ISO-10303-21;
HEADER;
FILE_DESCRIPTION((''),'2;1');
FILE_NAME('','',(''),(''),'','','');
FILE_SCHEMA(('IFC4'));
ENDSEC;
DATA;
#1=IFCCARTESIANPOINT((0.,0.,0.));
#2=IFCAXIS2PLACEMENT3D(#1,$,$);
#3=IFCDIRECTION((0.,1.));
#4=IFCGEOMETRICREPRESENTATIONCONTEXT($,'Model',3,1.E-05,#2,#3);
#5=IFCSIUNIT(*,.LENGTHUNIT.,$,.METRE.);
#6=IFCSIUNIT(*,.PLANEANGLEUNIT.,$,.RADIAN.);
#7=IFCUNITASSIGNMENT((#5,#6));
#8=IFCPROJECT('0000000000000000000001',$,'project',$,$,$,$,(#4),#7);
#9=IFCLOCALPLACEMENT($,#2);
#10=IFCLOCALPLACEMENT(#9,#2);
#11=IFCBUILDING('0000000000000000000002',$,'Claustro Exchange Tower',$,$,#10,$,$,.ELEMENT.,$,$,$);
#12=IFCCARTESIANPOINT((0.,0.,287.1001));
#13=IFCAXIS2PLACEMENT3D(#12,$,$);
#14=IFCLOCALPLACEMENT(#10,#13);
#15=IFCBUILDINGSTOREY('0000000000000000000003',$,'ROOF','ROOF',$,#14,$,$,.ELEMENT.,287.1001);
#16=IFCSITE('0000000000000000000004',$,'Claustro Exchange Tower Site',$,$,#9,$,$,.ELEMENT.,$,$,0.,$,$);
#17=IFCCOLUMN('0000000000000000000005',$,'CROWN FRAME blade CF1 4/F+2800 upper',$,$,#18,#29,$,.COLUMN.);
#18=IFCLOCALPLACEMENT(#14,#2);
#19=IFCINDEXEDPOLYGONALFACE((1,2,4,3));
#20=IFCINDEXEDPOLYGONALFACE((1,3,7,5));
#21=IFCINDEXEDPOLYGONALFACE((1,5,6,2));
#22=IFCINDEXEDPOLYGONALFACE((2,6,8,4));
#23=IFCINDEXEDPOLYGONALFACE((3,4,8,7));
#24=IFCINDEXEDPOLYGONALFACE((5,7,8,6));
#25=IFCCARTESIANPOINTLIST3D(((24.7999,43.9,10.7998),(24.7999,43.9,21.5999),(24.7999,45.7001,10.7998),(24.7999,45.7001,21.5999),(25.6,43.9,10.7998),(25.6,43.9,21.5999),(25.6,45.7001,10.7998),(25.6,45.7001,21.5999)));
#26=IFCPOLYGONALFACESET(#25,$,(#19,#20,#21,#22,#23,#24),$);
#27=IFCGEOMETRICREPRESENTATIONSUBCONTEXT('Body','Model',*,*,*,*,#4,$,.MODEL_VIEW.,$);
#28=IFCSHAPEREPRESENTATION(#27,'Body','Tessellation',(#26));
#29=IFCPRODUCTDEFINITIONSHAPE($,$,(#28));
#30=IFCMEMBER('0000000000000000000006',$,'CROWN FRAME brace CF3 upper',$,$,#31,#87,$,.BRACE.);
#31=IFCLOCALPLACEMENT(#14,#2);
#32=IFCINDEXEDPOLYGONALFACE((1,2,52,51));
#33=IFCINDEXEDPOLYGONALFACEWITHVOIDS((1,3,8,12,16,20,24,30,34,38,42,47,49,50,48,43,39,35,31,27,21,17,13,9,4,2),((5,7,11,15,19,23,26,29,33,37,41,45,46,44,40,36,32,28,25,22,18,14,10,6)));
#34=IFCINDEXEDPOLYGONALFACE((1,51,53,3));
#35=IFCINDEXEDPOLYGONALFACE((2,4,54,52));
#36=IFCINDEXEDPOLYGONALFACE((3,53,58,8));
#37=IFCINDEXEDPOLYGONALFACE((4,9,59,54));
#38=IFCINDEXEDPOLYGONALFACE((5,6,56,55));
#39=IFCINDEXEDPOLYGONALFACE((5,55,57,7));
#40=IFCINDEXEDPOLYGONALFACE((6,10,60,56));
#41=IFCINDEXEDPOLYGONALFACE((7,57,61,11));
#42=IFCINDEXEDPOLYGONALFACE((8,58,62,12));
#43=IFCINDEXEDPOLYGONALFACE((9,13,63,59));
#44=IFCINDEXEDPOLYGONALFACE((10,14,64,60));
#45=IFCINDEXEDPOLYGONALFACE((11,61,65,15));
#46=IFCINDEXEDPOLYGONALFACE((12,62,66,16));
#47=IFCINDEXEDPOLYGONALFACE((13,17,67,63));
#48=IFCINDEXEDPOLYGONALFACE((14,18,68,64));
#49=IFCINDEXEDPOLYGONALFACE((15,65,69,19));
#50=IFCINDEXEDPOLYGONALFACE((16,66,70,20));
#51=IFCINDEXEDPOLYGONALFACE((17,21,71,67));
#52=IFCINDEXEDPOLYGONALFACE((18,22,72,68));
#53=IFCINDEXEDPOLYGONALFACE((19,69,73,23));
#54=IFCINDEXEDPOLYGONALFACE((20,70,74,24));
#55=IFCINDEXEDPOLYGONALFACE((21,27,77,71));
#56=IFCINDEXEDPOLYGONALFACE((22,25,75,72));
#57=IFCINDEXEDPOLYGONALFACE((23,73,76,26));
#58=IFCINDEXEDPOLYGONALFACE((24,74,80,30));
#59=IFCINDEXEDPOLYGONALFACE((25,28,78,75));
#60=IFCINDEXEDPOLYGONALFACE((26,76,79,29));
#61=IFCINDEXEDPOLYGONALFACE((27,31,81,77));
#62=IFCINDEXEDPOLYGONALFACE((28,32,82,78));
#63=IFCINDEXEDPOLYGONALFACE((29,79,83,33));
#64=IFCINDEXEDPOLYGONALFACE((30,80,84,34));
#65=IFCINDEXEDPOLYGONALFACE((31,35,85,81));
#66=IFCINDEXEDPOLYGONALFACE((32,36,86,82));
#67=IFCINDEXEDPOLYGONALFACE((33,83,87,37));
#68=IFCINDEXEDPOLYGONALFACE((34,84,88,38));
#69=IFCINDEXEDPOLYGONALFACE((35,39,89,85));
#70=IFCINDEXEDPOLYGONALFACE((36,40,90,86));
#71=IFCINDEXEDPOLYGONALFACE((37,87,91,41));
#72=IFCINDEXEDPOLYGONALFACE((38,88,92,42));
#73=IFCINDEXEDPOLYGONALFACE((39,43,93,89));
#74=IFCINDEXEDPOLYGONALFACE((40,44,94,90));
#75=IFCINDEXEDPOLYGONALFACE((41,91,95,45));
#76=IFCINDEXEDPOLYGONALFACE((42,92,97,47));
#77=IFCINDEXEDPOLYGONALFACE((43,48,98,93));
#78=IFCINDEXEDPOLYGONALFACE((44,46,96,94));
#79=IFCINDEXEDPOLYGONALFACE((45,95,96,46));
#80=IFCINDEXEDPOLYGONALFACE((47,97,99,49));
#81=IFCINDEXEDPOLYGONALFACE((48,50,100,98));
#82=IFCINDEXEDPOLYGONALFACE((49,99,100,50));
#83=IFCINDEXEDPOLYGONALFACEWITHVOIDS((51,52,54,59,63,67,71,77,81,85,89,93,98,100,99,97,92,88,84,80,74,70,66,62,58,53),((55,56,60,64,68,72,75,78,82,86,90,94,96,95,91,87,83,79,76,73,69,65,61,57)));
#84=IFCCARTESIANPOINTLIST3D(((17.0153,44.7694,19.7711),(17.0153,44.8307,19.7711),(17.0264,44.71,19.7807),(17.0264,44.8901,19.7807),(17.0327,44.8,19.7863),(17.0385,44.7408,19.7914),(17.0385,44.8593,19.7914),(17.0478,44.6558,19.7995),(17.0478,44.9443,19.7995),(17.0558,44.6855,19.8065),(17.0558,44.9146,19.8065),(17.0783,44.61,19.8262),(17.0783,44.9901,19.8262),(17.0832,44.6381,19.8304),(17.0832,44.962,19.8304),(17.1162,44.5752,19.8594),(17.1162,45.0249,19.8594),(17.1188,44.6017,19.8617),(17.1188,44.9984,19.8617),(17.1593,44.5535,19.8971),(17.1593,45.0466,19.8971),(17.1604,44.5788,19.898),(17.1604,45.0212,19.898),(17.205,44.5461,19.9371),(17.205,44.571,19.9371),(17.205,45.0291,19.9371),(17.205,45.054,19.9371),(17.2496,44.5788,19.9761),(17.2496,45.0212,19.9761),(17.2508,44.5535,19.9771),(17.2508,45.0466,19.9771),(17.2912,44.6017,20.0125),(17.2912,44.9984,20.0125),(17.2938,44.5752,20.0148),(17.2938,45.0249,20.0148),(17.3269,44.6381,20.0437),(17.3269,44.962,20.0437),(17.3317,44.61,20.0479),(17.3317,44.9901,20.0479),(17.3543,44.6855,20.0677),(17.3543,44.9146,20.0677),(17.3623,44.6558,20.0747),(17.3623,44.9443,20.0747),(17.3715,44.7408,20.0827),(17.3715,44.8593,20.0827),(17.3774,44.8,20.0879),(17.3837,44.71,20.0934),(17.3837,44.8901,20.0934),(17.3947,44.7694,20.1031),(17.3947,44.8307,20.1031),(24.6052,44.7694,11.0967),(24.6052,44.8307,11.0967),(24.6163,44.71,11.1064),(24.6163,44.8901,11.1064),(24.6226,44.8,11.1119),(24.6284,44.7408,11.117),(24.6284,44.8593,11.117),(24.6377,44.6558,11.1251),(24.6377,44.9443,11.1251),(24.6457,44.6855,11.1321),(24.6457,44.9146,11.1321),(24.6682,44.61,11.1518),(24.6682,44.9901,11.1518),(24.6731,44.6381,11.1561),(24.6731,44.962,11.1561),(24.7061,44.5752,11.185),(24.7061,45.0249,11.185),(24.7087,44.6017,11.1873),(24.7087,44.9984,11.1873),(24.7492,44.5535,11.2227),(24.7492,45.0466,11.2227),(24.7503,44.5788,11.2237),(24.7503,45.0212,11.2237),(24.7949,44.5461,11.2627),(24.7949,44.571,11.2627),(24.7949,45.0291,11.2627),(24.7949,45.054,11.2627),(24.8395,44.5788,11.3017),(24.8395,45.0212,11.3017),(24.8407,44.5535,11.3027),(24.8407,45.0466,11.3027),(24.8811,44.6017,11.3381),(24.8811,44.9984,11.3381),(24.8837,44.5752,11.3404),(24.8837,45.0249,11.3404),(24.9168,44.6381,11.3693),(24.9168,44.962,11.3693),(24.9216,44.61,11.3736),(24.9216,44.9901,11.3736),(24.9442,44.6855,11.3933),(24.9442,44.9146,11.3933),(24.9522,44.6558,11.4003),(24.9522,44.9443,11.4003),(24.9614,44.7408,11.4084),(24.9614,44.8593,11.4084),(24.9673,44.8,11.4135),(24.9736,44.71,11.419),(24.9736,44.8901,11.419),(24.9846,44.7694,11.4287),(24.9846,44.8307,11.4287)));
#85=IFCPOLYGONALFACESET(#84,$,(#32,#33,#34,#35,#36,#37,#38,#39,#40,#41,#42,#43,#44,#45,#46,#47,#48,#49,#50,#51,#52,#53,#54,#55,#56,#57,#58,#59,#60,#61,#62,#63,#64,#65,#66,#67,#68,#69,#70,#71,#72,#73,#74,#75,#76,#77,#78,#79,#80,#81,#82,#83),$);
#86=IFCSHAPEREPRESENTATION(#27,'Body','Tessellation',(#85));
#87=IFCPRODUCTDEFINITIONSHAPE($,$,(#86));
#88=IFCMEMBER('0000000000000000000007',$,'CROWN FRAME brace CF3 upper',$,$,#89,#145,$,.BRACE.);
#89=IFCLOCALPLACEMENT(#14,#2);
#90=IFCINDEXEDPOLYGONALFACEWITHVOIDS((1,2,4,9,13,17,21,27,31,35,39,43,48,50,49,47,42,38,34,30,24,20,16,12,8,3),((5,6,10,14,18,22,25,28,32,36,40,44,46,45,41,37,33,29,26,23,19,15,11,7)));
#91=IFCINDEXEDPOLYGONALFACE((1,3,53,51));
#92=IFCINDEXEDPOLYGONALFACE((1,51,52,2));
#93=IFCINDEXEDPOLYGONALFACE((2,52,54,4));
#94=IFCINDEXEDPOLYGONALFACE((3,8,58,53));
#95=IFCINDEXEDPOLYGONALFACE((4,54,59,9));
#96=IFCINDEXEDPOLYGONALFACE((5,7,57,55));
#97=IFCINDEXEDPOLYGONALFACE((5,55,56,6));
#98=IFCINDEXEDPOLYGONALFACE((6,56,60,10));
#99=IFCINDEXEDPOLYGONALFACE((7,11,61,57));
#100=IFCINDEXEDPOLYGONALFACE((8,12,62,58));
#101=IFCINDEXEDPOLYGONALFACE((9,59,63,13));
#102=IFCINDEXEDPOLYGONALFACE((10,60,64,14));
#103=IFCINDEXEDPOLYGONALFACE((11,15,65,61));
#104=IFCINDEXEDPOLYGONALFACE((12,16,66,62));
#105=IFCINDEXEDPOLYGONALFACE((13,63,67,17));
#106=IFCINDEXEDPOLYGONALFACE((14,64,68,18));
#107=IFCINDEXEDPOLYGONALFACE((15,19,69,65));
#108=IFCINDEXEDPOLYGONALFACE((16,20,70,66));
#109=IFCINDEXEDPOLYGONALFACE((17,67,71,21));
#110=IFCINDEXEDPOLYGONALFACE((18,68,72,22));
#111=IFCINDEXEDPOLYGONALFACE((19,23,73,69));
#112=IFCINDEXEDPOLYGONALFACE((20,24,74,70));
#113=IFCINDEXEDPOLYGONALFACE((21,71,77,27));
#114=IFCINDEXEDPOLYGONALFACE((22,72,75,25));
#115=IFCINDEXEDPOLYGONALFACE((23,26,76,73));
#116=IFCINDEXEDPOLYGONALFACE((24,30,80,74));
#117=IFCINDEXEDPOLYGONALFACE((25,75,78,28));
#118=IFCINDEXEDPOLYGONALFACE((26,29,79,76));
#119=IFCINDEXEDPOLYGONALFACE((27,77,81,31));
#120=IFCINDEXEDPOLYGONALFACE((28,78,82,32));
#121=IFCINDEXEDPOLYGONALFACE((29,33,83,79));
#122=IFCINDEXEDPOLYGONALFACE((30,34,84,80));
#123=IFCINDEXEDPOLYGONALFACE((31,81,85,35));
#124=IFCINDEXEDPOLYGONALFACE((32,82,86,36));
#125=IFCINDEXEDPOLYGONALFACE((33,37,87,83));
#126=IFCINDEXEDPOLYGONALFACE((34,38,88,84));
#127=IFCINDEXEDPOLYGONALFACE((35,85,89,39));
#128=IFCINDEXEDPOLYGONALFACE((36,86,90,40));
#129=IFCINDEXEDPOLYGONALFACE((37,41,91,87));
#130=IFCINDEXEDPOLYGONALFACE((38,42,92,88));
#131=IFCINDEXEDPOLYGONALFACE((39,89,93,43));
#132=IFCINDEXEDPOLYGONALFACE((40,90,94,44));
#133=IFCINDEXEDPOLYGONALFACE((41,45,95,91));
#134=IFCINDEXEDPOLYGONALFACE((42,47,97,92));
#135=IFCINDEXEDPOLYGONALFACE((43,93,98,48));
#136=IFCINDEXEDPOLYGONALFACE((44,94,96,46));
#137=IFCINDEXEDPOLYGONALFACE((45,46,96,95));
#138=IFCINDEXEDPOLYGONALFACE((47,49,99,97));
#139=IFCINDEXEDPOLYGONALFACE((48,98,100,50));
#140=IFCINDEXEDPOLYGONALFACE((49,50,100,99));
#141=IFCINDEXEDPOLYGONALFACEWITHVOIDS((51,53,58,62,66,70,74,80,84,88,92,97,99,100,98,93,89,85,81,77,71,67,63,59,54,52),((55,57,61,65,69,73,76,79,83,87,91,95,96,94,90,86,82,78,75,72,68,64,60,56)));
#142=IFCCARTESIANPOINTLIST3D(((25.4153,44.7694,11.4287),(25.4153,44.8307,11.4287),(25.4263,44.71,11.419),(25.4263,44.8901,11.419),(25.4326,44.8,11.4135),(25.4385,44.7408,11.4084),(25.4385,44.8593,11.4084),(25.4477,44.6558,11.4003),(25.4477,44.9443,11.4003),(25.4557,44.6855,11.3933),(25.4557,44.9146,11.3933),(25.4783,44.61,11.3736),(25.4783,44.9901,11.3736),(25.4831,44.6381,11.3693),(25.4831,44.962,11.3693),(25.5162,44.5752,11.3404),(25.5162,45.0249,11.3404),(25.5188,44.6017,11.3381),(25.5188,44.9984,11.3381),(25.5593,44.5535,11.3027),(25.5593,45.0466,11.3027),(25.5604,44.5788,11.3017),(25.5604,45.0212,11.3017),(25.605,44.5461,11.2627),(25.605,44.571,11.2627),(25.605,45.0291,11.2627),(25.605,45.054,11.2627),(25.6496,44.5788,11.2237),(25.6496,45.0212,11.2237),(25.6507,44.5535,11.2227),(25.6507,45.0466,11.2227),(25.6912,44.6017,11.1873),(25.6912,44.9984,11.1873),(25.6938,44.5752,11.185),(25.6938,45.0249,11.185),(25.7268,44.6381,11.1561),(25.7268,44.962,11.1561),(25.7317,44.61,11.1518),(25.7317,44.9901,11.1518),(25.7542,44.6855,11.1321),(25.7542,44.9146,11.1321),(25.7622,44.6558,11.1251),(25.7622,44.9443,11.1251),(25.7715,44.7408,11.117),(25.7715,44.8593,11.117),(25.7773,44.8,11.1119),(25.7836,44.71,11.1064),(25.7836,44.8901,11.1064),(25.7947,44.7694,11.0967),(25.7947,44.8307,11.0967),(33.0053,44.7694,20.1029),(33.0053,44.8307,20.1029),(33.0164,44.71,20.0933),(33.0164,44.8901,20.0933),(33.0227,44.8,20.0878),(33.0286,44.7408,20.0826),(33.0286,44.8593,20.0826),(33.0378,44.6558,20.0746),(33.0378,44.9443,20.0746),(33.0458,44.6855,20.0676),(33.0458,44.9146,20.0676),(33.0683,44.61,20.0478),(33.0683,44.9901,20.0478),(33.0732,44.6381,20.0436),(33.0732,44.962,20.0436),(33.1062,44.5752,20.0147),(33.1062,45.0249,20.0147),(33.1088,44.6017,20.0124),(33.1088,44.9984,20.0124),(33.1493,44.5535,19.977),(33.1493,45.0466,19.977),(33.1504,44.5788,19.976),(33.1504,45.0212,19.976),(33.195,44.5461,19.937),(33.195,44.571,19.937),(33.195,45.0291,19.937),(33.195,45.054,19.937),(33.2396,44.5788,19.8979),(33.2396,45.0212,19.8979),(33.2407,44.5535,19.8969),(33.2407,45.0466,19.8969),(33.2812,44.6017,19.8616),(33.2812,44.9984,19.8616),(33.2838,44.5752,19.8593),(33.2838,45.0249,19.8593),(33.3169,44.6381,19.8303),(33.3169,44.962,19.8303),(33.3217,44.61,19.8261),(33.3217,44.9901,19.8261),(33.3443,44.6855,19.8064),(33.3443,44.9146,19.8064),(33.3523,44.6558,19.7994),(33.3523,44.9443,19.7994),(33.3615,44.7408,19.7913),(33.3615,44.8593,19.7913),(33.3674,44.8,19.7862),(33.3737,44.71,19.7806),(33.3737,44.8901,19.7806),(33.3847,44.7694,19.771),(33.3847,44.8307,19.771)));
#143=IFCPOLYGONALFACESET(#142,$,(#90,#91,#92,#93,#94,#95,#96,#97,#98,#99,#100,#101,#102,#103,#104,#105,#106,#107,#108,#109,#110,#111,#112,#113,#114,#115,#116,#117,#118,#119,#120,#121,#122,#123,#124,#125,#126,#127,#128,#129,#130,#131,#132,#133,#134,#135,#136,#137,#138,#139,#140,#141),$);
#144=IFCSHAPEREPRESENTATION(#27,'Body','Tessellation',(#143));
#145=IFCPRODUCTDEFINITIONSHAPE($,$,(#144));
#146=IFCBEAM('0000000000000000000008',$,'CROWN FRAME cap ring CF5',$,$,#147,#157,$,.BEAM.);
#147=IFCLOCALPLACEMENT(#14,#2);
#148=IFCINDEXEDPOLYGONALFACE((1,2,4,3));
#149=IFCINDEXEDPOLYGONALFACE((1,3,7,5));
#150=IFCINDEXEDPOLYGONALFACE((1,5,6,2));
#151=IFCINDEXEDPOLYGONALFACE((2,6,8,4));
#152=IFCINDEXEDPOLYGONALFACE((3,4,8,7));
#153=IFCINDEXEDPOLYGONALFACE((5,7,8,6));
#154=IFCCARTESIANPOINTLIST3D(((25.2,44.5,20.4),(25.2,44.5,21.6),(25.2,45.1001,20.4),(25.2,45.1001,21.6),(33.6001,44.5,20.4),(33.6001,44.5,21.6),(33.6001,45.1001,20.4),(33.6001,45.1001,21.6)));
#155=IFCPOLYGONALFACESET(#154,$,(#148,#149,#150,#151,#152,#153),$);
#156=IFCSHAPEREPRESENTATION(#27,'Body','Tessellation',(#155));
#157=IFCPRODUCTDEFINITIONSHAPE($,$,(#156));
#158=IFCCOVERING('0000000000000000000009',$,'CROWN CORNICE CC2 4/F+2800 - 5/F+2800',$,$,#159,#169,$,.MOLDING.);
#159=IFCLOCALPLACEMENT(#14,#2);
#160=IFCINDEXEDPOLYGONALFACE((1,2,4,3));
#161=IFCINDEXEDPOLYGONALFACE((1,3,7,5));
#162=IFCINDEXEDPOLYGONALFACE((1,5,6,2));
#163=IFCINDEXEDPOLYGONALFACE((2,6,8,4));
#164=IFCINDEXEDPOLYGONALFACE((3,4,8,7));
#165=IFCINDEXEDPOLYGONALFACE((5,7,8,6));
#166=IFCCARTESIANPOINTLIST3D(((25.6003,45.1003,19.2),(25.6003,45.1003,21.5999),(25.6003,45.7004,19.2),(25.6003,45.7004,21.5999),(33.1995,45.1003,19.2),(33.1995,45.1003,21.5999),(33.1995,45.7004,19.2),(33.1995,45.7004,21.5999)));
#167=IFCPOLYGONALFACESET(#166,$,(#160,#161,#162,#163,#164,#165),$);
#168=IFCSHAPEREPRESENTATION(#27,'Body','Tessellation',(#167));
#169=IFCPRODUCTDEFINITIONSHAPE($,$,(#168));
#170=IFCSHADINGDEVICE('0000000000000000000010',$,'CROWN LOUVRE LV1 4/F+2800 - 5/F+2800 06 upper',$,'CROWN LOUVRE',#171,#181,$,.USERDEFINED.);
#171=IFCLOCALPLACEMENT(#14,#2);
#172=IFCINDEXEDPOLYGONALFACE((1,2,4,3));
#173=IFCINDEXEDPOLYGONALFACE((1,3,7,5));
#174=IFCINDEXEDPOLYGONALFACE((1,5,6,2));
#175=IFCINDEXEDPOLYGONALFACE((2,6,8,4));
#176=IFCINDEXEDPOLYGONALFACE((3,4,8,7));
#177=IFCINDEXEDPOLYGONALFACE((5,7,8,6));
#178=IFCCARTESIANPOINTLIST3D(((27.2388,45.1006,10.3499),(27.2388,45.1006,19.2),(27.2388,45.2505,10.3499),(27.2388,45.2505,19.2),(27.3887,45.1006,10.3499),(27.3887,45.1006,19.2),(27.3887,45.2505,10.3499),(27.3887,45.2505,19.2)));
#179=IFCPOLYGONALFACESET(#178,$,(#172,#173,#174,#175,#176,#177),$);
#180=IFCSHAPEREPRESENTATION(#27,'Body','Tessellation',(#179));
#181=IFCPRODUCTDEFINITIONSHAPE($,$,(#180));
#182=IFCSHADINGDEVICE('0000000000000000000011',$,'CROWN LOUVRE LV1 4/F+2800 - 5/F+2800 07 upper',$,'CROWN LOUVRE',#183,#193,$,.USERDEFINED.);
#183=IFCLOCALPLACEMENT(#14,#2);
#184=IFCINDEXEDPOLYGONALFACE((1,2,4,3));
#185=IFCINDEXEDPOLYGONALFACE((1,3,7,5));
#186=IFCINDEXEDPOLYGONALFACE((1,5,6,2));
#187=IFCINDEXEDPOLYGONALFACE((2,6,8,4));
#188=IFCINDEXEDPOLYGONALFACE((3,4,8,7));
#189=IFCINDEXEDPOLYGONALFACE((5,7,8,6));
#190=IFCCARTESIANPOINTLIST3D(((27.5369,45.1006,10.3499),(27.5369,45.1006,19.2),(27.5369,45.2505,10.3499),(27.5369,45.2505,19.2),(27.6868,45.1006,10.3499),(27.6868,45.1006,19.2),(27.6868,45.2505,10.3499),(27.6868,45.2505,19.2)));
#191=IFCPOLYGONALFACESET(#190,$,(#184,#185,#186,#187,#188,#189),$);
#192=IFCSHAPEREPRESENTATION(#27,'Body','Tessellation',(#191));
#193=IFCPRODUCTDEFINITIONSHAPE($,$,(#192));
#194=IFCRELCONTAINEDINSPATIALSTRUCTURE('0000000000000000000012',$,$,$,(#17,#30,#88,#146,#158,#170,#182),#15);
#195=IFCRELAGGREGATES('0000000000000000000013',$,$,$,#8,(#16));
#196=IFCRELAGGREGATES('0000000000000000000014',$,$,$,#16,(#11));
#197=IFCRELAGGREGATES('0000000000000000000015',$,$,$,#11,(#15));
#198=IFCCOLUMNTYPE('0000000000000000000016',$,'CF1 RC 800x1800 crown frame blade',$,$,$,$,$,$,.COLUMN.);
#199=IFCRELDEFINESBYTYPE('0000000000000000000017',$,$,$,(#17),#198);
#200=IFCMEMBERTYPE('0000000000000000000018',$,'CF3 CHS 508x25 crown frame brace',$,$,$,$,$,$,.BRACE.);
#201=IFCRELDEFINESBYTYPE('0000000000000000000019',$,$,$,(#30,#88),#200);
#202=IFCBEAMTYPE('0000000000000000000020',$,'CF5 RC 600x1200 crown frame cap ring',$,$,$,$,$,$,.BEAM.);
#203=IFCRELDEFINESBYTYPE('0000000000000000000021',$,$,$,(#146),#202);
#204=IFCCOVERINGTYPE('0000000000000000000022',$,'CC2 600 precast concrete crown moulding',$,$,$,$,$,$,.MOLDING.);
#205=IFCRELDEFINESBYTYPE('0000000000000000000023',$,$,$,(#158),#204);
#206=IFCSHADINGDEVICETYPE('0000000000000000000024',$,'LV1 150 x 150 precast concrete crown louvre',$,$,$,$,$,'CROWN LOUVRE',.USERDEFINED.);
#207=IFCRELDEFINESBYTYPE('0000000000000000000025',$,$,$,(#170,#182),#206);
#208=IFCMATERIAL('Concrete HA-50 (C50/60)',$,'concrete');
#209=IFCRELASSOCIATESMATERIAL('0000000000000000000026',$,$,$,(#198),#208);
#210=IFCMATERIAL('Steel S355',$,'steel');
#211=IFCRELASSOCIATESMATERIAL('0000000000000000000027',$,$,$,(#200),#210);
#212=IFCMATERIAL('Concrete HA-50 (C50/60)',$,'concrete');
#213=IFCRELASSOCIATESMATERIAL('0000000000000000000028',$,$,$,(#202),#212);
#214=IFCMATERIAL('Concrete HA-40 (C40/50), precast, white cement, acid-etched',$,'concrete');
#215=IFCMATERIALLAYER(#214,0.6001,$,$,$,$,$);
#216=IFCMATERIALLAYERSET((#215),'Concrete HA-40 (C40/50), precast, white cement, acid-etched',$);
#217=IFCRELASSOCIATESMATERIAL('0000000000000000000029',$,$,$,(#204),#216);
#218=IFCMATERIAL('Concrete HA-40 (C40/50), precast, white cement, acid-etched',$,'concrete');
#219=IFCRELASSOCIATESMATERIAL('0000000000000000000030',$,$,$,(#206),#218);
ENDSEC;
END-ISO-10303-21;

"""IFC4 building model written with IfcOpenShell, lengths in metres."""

from ifc_helpers import new_model, si_unit, direction, frame, origin, origin_2d, place, context, subcontext, project, spatial, rectangle, hollow_circle, extrude, material, layer, layer_set, material_profile, profile_set, type_object, element, save


model = new_model("IFC4")

# Units and contexts
model_context = context("Model", 3, precision=1e-05, world=origin(), true_north=direction((0.0, 1.0)))
body_context = subcontext(model_context, "Body", "Model", "MODEL_VIEW")
ifc_project = project(units=[si_unit("LENGTHUNIT", "METRE"), si_unit("PLANEANGLEUNIT", "RADIAN")], contexts=[model_context])

# Site, building, storey
site_placement = place(None, origin())
site = spatial("IfcSite", under=ifc_project, at=site_placement, Name="Claustro Exchange Tower Site", CompositionType="ELEMENT", RefElevation=0.0)
building_placement = place(site_placement, origin())
building = spatial("IfcBuilding", under=site, at=building_placement, Name="Claustro Exchange Tower", CompositionType="ELEMENT")
storey_placement = place(building_placement, frame((0.0, 0.0, 287.1001)))
storey = spatial("IfcBuildingStorey", under=building, at=storey_placement, Name="ROOF", Description="ROOF", CompositionType="ELEMENT", Elevation=287.1001)

# Column
ifc_material_1 = material(Name="Concrete HA-50 (C50/60)", Category="concrete")
ifc_material_profile_1 = material_profile(ifc_material_1, rectangle(XDim=0.8, YDim=1.8, at=origin_2d()), Name="RC 800x1800")
ifc_profile_set_1 = profile_set([ifc_material_profile_1], Name="Concrete HA-50 (C50/60)")
column_type = type_object("IfcColumnType", Name="CF1 RC 800x1800 crown frame blade", PredefinedType="COLUMN", material=ifc_profile_set_1)
column_placement = place(storey_placement, frame((25.2, 44.8, 10.7998), z_axis=(0.0, 0.0, 1.0), x_axis=(1.0, 0.0, 0.0)))
element("IfcColumn", 1, at=column_placement, inside=storey, type_object=column_type, Name="CROWN FRAME blade CF1 4/F+2800 upper", PredefinedType="COLUMN", context=body_context, shape_type="SweptSolid", body=[
    extrude(rectangle(XDim=0.8, YDim=1.8, at=origin_2d()), origin(), (0.0, 0.0, 1.0), 10.8),
])

# Members
ifc_material_2 = material(Name="Steel S355", Category="steel")
ifc_material_profile_2 = material_profile(ifc_material_2, hollow_circle(Radius=0.2539, WallThickness=0.0249, at=origin_2d()), Name="CHS 508x25")
ifc_profile_set_2 = profile_set([ifc_material_profile_2], Name="Steel S355")
member_type = type_object("IfcMemberType", Name="CF3 CHS 508x25 crown frame brace", PredefinedType="BRACE", material=ifc_profile_set_2)
for number, where, z_axis, x_axis, name in (
    (2, (24.7949, 44.8, 11.2627), (-0.658496, 0.0, 0.752585), (0.0, -1.0, 0.0), "CROWN FRAME brace CF3 upper"),
    (3, (25.605, 44.8, 11.2627), (0.658508, 0.0, 0.752574), (0.0, 1.0, 0.0), "CROWN FRAME brace CF3 upper"),
):
    element("IfcMember", number, at=place(storey_placement, frame(where, z_axis=z_axis, x_axis=x_axis)), inside=storey, type_object=member_type, Name=name, PredefinedType="BRACE", context=body_context, shape_type="SweptSolid", body=[
        extrude(hollow_circle(Radius=0.2539, WallThickness=0.0249, at=origin_2d()), origin(), (0.0, 0.0, 1.0), 11.5261),
    ])

# Beam
ifc_material_3 = material(Name="Concrete HA-50 (C50/60)", Category="concrete")
ifc_material_profile_3 = material_profile(ifc_material_3, rectangle(XDim=0.6001, YDim=1.2, at=origin_2d()), Name="RC 600x1200")
ifc_profile_set_3 = profile_set([ifc_material_profile_3], Name="Concrete HA-50 (C50/60)")
beam_type = type_object("IfcBeamType", Name="CF5 RC 600x1200 crown frame cap ring", PredefinedType="BEAM", material=ifc_profile_set_3)
beam_placement = place(storey_placement, frame((25.2, 44.8, 21.0), z_axis=(1.0, 0.0, 0.0), x_axis=(0.0, 1.0, 0.0)))
element("IfcBeam", 4, at=beam_placement, inside=storey, type_object=beam_type, Name="CROWN FRAME cap ring CF5", PredefinedType="BEAM", context=body_context, shape_type="SweptSolid", body=[
    extrude(rectangle(XDim=0.6001, YDim=1.2, at=origin_2d()), origin(), (0.0, 0.0, 1.0), 8.4001),
])

# Covering
ifc_material_4 = material(Name="Concrete HA-40 (C40/50), precast, white cement, acid-etched", Category="concrete")
ifc_layer_1 = layer(ifc_material_4, 0.6001)
ifc_layer_set_1 = layer_set([ifc_layer_1], Name="Concrete HA-40 (C40/50), precast, white cement, acid-etched")
covering_type = type_object("IfcCoveringType", Name="CC2 600 precast concrete crown moulding", PredefinedType="MOLDING", material=ifc_layer_set_1)
covering_placement = place(storey_placement, frame((29.3999, 45.4004, 19.2), z_axis=(0.0, 0.0, 1.0), x_axis=(1.0, 0.0, 0.0)))
element("IfcCovering", 5, at=covering_placement, inside=storey, type_object=covering_type, Name="CROWN CORNICE CC2 4/F+2800 - 5/F+2800", PredefinedType="MOLDING", context=body_context, shape_type="SweptSolid", body=[
    extrude(rectangle(XDim=7.5991, YDim=0.6001, at=origin_2d()), origin(), (0.0, 0.0, 1.0), 2.3999),
])

# Shading devices
ifc_material_5 = material(Name="Concrete HA-40 (C40/50), precast, white cement, acid-etched", Category="concrete")
shading_device_type = type_object("IfcShadingDeviceType", Name="LV1 150 x 150 precast concrete crown louvre", ElementType="CROWN LOUVRE", PredefinedType="USERDEFINED", material=ifc_material_5)
for number, where, z_axis, x_axis, name in (
    (6, (27.3137, 45.1755, 10.3499), (0.0, 0.0, 1.0), (1.0, 0.0, 0.0), "CROWN LOUVRE LV1 4/F+2800 - 5/F+2800 06 upper"),
    (7, (27.6118, 45.1755, 10.3499), (0.0, 0.0, 1.0), (1.0, 0.0, 0.0), "CROWN LOUVRE LV1 4/F+2800 - 5/F+2800 07 upper"),
):
    element("IfcShadingDevice", number, at=place(storey_placement, frame(where, z_axis=z_axis, x_axis=x_axis)), inside=storey, type_object=shading_device_type, Name=name, ObjectType="CROWN LOUVRE", PredefinedType="USERDEFINED", context=body_context, shape_type="SweptSolid", body=[
        extrude(rectangle(XDim=0.1499, YDim=0.1499, at=origin_2d()), origin(), (0.0, 0.0, 1.0), 8.8501),
    ])

save(model, "model.ifc")
